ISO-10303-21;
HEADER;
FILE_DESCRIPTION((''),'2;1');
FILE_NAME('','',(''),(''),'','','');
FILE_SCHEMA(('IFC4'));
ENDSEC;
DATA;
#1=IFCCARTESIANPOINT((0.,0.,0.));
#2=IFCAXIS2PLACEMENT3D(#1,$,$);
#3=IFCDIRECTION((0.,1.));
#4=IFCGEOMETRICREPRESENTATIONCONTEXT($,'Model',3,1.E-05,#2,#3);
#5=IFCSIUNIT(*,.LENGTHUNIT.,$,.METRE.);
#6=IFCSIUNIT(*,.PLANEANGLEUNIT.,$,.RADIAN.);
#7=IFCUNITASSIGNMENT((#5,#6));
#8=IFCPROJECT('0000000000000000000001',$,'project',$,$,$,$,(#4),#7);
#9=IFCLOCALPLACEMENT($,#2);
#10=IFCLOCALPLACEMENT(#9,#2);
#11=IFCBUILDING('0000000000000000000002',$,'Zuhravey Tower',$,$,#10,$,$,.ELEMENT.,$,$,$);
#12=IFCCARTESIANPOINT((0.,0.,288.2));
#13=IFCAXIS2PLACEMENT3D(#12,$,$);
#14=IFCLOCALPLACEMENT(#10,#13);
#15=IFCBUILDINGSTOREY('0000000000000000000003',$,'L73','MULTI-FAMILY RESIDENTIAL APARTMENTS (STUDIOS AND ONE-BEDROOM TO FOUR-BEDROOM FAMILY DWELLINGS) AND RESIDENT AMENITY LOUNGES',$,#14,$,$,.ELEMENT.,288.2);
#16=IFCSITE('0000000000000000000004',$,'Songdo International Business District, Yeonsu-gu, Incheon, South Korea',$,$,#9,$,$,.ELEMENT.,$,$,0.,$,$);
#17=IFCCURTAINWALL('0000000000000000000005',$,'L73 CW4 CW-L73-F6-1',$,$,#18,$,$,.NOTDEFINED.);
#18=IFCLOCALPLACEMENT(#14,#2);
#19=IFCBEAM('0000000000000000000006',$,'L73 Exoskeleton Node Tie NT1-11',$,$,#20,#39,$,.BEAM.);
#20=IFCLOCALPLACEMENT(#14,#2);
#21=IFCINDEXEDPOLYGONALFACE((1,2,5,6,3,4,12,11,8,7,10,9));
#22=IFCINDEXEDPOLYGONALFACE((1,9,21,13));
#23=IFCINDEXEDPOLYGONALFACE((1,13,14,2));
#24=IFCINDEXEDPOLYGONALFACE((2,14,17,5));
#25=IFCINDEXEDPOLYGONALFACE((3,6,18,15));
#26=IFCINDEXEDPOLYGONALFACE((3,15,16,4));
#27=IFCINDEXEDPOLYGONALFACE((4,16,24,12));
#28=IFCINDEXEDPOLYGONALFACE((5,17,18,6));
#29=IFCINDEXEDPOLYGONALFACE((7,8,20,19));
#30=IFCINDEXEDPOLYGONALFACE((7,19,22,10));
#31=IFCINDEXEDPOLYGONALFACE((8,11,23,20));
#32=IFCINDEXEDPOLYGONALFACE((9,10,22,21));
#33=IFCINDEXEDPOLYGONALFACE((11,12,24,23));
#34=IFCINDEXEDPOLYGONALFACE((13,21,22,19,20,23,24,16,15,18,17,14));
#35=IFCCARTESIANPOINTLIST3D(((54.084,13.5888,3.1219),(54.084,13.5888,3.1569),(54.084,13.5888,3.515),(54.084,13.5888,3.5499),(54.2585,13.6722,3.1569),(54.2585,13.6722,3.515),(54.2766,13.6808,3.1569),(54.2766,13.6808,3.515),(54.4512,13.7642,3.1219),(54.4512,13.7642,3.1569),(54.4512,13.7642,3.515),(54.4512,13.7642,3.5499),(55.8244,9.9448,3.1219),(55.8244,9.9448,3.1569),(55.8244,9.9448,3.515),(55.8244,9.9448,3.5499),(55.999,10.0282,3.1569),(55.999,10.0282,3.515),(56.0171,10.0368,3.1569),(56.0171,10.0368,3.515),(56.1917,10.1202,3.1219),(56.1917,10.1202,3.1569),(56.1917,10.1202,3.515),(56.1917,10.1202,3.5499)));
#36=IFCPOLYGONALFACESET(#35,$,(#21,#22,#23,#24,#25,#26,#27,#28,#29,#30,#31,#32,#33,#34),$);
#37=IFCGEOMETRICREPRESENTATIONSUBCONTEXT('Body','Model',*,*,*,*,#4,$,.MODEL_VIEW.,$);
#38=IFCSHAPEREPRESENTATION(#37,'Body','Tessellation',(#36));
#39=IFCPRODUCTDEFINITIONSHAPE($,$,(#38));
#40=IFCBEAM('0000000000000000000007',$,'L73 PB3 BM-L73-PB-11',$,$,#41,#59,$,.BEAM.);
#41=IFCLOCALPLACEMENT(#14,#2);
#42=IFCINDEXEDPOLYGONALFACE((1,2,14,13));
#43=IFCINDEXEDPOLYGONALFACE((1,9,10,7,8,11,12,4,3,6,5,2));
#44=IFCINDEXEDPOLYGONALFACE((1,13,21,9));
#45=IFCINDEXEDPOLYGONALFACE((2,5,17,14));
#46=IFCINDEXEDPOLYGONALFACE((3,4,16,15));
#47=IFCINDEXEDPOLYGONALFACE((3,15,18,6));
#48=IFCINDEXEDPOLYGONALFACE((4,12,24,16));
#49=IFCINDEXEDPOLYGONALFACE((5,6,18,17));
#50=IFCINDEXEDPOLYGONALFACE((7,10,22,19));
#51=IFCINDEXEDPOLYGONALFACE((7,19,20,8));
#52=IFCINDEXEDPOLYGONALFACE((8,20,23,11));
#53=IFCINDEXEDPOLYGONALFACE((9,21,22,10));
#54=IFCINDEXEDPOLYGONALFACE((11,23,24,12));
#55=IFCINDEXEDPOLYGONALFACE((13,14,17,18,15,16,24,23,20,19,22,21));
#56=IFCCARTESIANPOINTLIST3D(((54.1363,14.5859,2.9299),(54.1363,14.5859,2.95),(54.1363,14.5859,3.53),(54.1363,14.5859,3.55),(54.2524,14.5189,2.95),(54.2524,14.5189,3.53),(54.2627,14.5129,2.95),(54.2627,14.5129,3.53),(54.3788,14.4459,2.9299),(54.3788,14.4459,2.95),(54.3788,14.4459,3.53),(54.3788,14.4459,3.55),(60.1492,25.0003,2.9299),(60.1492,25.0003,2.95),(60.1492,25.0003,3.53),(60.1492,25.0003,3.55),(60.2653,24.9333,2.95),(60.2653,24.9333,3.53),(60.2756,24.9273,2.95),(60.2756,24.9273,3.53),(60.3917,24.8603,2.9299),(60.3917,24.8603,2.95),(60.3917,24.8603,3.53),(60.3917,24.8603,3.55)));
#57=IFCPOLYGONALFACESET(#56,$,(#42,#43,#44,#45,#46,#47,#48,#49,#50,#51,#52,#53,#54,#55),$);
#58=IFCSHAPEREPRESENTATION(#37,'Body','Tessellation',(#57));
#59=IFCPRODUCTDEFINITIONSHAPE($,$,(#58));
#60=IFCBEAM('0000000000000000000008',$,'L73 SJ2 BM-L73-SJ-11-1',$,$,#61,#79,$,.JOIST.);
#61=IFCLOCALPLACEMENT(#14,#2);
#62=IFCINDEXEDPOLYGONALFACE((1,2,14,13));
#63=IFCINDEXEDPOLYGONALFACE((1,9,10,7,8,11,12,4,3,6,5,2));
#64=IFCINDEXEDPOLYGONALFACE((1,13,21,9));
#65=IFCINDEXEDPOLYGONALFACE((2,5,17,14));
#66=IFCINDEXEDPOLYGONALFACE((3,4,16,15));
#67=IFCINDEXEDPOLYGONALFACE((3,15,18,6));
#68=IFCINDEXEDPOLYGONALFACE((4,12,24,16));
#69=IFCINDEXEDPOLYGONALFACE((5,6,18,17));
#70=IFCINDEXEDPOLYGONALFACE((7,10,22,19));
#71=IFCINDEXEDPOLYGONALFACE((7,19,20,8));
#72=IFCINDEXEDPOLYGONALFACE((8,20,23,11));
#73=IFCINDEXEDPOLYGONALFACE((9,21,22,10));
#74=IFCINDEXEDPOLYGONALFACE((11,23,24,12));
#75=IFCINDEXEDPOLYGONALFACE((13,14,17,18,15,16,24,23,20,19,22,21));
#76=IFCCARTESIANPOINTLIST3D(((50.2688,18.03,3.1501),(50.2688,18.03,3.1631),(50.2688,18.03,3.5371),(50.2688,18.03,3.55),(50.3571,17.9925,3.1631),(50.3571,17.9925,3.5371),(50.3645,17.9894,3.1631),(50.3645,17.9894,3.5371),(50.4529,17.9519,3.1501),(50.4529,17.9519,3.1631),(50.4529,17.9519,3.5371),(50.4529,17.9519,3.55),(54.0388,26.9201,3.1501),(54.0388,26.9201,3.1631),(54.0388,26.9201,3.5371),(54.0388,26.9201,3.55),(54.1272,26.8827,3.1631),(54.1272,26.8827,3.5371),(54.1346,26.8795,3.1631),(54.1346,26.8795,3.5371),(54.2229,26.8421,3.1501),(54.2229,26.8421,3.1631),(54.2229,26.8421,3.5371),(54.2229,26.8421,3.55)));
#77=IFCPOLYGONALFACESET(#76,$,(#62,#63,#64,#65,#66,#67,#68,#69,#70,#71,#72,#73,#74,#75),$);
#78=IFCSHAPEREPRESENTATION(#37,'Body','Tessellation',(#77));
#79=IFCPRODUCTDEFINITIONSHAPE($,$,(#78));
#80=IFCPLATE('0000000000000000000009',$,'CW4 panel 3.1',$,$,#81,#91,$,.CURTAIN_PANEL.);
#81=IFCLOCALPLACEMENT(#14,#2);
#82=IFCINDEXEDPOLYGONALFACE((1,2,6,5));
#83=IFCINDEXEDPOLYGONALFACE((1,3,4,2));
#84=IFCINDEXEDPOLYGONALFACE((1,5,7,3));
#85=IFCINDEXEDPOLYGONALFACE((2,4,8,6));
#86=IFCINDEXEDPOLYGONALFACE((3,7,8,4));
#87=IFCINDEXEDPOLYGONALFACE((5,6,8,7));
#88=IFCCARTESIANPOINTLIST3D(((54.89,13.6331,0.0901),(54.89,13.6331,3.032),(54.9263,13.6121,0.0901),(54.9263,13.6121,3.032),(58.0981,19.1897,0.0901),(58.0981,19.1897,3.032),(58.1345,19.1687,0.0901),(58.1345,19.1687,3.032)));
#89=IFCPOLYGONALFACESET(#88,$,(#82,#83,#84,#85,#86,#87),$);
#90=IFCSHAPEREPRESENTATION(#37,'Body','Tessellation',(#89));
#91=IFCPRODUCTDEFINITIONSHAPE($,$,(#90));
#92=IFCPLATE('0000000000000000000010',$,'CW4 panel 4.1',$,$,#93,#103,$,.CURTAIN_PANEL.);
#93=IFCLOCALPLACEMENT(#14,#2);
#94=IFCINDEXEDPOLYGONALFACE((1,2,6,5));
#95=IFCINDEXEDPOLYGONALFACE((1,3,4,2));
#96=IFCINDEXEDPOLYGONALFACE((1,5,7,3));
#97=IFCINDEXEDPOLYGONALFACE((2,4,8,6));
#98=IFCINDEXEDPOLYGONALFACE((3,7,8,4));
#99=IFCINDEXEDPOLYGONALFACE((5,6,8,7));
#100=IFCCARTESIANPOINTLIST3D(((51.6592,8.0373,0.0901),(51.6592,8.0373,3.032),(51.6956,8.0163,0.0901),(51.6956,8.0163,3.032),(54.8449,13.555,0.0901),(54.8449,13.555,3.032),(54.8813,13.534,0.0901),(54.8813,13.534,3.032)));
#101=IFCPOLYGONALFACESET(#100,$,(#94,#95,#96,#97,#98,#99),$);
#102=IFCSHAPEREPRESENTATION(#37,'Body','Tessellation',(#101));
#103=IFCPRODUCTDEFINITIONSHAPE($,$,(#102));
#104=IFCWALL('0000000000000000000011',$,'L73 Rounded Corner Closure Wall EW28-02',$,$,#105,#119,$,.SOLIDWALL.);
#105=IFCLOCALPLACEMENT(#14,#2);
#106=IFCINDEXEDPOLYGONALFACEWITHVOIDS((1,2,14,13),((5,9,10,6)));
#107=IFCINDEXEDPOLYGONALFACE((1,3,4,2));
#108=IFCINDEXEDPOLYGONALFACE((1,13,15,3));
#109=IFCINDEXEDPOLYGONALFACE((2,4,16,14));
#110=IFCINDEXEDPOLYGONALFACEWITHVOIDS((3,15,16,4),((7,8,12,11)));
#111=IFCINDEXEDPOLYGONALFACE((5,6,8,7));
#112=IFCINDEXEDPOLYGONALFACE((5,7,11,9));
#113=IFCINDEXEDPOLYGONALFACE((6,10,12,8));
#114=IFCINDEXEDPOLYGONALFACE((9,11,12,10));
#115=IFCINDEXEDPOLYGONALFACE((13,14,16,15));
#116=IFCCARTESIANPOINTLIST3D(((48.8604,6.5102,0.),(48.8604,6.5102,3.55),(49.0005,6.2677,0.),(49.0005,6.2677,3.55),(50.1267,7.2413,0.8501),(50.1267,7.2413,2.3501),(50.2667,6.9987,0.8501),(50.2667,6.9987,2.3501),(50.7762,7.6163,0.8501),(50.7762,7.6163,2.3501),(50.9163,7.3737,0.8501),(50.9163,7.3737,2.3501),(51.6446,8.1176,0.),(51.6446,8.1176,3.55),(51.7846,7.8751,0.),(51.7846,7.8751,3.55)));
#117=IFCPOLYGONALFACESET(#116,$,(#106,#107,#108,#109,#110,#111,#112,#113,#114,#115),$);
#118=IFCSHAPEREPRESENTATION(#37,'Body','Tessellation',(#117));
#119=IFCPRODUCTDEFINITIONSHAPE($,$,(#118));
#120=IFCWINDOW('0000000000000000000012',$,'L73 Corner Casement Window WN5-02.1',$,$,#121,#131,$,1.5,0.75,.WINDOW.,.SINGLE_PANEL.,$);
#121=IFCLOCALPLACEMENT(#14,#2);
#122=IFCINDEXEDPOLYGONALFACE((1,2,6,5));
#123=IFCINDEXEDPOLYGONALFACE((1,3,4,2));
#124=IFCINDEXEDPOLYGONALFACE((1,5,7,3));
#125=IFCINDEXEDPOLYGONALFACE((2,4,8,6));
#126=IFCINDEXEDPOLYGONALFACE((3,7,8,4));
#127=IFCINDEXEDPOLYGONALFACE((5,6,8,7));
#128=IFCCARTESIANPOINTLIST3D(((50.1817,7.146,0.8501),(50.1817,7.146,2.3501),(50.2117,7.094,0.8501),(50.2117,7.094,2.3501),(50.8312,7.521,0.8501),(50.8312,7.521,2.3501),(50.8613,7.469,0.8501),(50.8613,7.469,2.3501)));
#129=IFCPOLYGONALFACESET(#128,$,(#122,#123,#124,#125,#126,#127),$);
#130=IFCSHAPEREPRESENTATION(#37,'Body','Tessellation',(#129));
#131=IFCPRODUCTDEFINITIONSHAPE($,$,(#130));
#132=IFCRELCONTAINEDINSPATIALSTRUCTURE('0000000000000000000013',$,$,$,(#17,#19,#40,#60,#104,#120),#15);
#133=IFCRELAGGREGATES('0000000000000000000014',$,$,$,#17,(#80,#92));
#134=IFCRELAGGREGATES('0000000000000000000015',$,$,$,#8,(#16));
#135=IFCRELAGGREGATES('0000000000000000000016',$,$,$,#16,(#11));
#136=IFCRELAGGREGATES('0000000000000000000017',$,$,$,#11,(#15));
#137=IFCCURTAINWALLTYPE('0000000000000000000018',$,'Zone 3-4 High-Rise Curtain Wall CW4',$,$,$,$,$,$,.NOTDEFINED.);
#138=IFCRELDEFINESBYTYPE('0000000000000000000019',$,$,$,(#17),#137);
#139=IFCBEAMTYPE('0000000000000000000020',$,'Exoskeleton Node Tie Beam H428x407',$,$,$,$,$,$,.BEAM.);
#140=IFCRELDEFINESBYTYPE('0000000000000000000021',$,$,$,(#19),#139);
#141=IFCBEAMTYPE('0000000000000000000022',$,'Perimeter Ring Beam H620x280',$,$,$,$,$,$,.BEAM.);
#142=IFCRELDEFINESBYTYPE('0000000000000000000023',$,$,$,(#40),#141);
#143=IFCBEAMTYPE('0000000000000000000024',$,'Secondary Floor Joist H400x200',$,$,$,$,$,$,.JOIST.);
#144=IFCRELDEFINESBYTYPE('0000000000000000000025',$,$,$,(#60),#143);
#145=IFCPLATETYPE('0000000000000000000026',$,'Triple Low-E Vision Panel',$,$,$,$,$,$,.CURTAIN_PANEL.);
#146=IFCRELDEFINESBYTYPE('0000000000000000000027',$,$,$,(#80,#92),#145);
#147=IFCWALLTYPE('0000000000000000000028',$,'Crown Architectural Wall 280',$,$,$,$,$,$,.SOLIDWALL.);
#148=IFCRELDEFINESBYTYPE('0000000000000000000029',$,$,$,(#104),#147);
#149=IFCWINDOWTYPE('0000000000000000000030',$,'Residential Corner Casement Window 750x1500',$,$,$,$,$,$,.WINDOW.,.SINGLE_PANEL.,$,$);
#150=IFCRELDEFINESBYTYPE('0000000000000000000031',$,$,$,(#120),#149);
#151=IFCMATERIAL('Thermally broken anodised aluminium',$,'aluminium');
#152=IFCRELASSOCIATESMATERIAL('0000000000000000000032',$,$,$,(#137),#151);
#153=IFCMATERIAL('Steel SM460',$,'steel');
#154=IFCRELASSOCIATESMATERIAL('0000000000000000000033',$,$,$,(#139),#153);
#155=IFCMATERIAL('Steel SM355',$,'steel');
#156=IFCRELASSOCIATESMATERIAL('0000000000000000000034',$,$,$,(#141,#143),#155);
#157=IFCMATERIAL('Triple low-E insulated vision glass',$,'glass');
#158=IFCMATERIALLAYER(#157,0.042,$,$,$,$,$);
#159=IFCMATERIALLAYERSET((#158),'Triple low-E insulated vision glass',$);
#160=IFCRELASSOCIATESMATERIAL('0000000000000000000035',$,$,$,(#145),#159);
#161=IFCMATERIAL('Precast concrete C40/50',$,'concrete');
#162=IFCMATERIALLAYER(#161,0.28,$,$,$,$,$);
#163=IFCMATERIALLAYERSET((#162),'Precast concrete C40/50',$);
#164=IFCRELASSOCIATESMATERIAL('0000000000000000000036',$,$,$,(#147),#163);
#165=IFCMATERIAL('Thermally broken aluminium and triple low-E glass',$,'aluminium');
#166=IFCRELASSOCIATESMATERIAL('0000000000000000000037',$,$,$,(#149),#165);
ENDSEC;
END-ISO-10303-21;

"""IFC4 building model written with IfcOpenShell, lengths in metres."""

from ifc_helpers import new_model, si_unit, direction, frame, frame_2d, origin, origin_2d, place, context, subcontext, project, spatial, rectangle, i_section, extrude, material, layer, layer_set, material_profile, profile_set, type_object, element, fill, aggregate, save


model = new_model("IFC4")

# Units and contexts
model_context = context("Model", 3, precision=1e-05, world=origin(), true_north=direction((0.0, 1.0)))
body_context = subcontext(model_context, "Body", "Model", "MODEL_VIEW")
ifc_project = project(units=[si_unit("LENGTHUNIT", "METRE"), si_unit("PLANEANGLEUNIT", "RADIAN")], contexts=[model_context])

# Site, building, storey
site_placement = place(None, origin())
site = spatial("IfcSite", under=ifc_project, at=site_placement, Name="Songdo International Business District, Yeonsu-gu, Incheon, South Korea", CompositionType="ELEMENT", RefElevation=0.0)
building_placement = place(site_placement, origin())
building = spatial("IfcBuilding", under=site, at=building_placement, Name="Zuhravey Tower", CompositionType="ELEMENT")
storey_placement = place(building_placement, frame((0.0, 0.0, 288.2)))
storey = spatial("IfcBuildingStorey", under=building, at=storey_placement, Name="L73", Description="MULTI-FAMILY RESIDENTIAL APARTMENTS (STUDIOS AND ONE-BEDROOM TO FOUR-BEDROOM FAMILY DWELLINGS) AND RESIDENT AMENITY LOUNGES", CompositionType="ELEMENT", Elevation=288.2)

# Curtain wall
ifc_material_1 = material(Name="Thermally broken anodised aluminium", Category="aluminium")
curtain_wall_type = type_object("IfcCurtainWallType", Name="Zone 3-4 High-Rise Curtain Wall CW4", PredefinedType="NOTDEFINED", material=ifc_material_1)
curtain_wall_1_placement = place(storey_placement, origin())
curtain_wall_1 = element("IfcCurtainWall", 1, at=curtain_wall_1_placement, inside=storey, type_object=curtain_wall_type, Name="L73 CW4 CW-L73-F6-1", PredefinedType="NOTDEFINED")

# Beams
ifc_material_2 = material(Name="Steel SM460", Category="steel")
ifc_material_profile_1 = material_profile(ifc_material_2, i_section(OverallWidth=0.407, OverallDepth=0.428, WebThickness=0.02, FlangeThickness=0.0349, at=origin_2d()), Name="H-428x407x20x35")
ifc_profile_set_1 = profile_set([ifc_material_profile_1], Name="Steel SM460")
beam_type_1 = type_object("IfcBeamType", Name="Exoskeleton Node Tie Beam H428x407", PredefinedType="BEAM", material=ifc_profile_set_1)
beam_1_placement = place(storey_placement, frame((54.2676, 13.6765, 3.3359), z_axis=(0.430987, -0.902358, 0.0), x_axis=(0.902358, 0.430987, 0.0)))
element("IfcBeam", 2, at=beam_1_placement, inside=storey, type_object=beam_type_1, Name="L73 Exoskeleton Node Tie NT1-11", PredefinedType="BEAM", context=body_context, shape_type="SweptSolid", body=[
    extrude(i_section(OverallWidth=0.407, OverallDepth=0.428, WebThickness=0.02, FlangeThickness=0.0349, at=origin_2d()), origin(), (0.0, 0.0, 1.0), 4.0383),
])
ifc_material_3 = material(Name="Steel SM355", Category="steel")
ifc_material_profile_2 = material_profile(ifc_material_3, i_section(OverallWidth=0.28, OverallDepth=0.6201, WebThickness=0.012, FlangeThickness=0.02, at=origin_2d()), Name="H-620x280x12x20")
ifc_profile_set_2 = profile_set([ifc_material_profile_2], Name="Steel SM355")
beam_type_2 = type_object("IfcBeamType", Name="Perimeter Ring Beam H620x280", PredefinedType="BEAM", material=ifc_profile_set_2)
beam_2_placement = place(storey_placement, frame((54.2576, 14.5159, 3.24), z_axis=(0.500006, 0.866022, 0.0), x_axis=(-0.866022, 0.500006, 0.0)))
element("IfcBeam", 3, at=beam_2_placement, inside=storey, type_object=beam_type_2, Name="L73 PB3 BM-L73-PB-11", PredefinedType="BEAM", context=body_context, shape_type="SweptSolid", body=[
    extrude(i_section(OverallWidth=0.28, OverallDepth=0.6201, WebThickness=0.012, FlangeThickness=0.02, at=origin_2d()), origin(), (0.0, 0.0, 1.0), 12.0256),
])
ifc_material_profile_3 = material_profile(ifc_material_3, i_section(OverallWidth=0.2, OverallDepth=0.3999, WebThickness=0.0081, FlangeThickness=0.0129, at=origin_2d()), Name="H-400x200x8x13")
ifc_profile_set_3 = profile_set([ifc_material_profile_3], Name="Steel SM355")
beam_type_3 = type_object("IfcBeamType", Name="Secondary Floor Joist H400x200", PredefinedType="JOIST", material=ifc_profile_set_3)
beam_3_placement = place(storey_placement, frame((50.3608, 17.991, 3.3501), z_axis=(0.390413, 0.92064, 0.0), x_axis=(-0.92064, 0.390413, 0.0)))
element("IfcBeam", 4, at=beam_3_placement, inside=storey, type_object=beam_type_3, Name="L73 SJ2 BM-L73-SJ-11-1", PredefinedType="JOIST", context=body_context, shape_type="SweptSolid", body=[
    extrude(i_section(OverallWidth=0.2, OverallDepth=0.3999, WebThickness=0.0081, FlangeThickness=0.0129, at=origin_2d()), origin(), (0.0, 0.0, 1.0), 9.6565),
])

# Plates
ifc_material_4 = material(Name="Triple low-E insulated vision glass", Category="glass")
ifc_layer_1 = layer(ifc_material_4, 0.042)
ifc_layer_set_1 = layer_set([ifc_layer_1], Name="Triple low-E insulated vision glass")
plate_type = type_object("IfcPlateType", Name="Triple Low-E Vision Panel", PredefinedType="CURTAIN_PANEL", material=ifc_layer_set_1)
plate_1_placement = place(storey_placement, frame((56.5122, 16.4009, 0.0901), z_axis=(0.0, 0.0, 1.0), x_axis=(-0.500001, -0.866025, 0.0)))
plate_1 = element("IfcPlate", 5, at=plate_1_placement, type_object=plate_type, Name="CW4 panel 3.1", PredefinedType="CURTAIN_PANEL", context=body_context, shape_type="SweptSolid", body=[
    extrude(rectangle(XDim=6.4163, YDim=0.042, at=origin_2d()), origin(), (0.0, 0.0, 1.0), 2.9419),
])
plate_2_placement = place(storey_placement, frame((53.2703, 10.7856, 0.0901), z_axis=(0.0, 0.0, 1.0), x_axis=(-0.500001, -0.866025, 0.0)))
plate_2 = element("IfcPlate", 6, at=plate_2_placement, type_object=plate_type, Name="CW4 panel 4.1", PredefinedType="CURTAIN_PANEL", context=body_context, shape_type="SweptSolid", body=[
    extrude(rectangle(XDim=6.3713, YDim=0.042, at=origin_2d()), origin(), (0.0, 0.0, 1.0), 2.9419),
])
aggregate(curtain_wall_1, [plate_1, plate_2])

# Wall, opening, window
ifc_material_5 = material(Name="Precast concrete C40/50", Category="concrete")
ifc_layer_2 = layer(ifc_material_5, 0.28)
ifc_layer_set_2 = layer_set([ifc_layer_2], Name="Precast concrete C40/50")
wall_type_1 = type_object("IfcWallType", Name="Crown Architectural Wall 280", PredefinedType="SOLIDWALL", material=ifc_layer_set_2)
wall_1_placement = place(storey_placement, frame((51.7146, 7.9963, 0.0), z_axis=(0.0, 0.0, 1.0), x_axis=(-0.866029, -0.499994, 0.0)))
wall_1 = element("IfcWall", 7, at=wall_1_placement, inside=storey, type_object=wall_type_1, Name="L73 Rounded Corner Closure Wall EW28-02", PredefinedType="SOLIDWALL", context=body_context, shape_type="SweptSolid", body=[
    extrude(rectangle(XDim=3.2148, YDim=0.28, at=frame_2d((1.6074, 0.0))), origin(), (0.0, 0.0, 1.0), 3.55),
])
opening_1_placement = place(wall_1_placement, frame((1.0027, 0.0, 0.8501)))
opening_1 = element("IfcOpeningElement", 8, at=opening_1_placement, cuts=wall_1, PredefinedType="OPENING", context=body_context, shape_type="SweptSolid", body=[
    extrude(rectangle(XDim=0.75, YDim=1.5, at=frame_2d((0.375, 0.75))), frame((0.0, 0.1521, 0.0), z_axis=(0.0, -1.0, 0.0), x_axis=(1.0, 0.0, 0.0)), (0.0, 0.0, 1.0), 0.304),
])
ifc_material_6 = material(Name="Thermally broken aluminium and triple low-E glass", Category="aluminium")
window_type = type_object("IfcWindowType", Name="Residential Corner Casement Window 750x1500", PartitioningType="SINGLE_PANEL", PredefinedType="WINDOW", material=ifc_material_6)
window_placement = place(opening_1_placement, origin())
window = element("IfcWindow", 9, at=window_placement, inside=storey, type_object=window_type, Name="L73 Corner Casement Window WN5-02.1", OverallHeight=1.5, OverallWidth=0.75, PartitioningType="SINGLE_PANEL", PredefinedType="WINDOW", context=body_context, shape_type="SweptSolid", body=[
    extrude(rectangle(XDim=0.75, YDim=1.5, at=frame_2d((0.375, 0.75))), frame((0.0, 0.03, 0.0), z_axis=(0.0, -1.0, 0.0), x_axis=(1.0, 0.0, 0.0)), (0.0, 0.0, 1.0), 0.0601),
])
fill(opening_1, window)

save(model, "model.ifc")
